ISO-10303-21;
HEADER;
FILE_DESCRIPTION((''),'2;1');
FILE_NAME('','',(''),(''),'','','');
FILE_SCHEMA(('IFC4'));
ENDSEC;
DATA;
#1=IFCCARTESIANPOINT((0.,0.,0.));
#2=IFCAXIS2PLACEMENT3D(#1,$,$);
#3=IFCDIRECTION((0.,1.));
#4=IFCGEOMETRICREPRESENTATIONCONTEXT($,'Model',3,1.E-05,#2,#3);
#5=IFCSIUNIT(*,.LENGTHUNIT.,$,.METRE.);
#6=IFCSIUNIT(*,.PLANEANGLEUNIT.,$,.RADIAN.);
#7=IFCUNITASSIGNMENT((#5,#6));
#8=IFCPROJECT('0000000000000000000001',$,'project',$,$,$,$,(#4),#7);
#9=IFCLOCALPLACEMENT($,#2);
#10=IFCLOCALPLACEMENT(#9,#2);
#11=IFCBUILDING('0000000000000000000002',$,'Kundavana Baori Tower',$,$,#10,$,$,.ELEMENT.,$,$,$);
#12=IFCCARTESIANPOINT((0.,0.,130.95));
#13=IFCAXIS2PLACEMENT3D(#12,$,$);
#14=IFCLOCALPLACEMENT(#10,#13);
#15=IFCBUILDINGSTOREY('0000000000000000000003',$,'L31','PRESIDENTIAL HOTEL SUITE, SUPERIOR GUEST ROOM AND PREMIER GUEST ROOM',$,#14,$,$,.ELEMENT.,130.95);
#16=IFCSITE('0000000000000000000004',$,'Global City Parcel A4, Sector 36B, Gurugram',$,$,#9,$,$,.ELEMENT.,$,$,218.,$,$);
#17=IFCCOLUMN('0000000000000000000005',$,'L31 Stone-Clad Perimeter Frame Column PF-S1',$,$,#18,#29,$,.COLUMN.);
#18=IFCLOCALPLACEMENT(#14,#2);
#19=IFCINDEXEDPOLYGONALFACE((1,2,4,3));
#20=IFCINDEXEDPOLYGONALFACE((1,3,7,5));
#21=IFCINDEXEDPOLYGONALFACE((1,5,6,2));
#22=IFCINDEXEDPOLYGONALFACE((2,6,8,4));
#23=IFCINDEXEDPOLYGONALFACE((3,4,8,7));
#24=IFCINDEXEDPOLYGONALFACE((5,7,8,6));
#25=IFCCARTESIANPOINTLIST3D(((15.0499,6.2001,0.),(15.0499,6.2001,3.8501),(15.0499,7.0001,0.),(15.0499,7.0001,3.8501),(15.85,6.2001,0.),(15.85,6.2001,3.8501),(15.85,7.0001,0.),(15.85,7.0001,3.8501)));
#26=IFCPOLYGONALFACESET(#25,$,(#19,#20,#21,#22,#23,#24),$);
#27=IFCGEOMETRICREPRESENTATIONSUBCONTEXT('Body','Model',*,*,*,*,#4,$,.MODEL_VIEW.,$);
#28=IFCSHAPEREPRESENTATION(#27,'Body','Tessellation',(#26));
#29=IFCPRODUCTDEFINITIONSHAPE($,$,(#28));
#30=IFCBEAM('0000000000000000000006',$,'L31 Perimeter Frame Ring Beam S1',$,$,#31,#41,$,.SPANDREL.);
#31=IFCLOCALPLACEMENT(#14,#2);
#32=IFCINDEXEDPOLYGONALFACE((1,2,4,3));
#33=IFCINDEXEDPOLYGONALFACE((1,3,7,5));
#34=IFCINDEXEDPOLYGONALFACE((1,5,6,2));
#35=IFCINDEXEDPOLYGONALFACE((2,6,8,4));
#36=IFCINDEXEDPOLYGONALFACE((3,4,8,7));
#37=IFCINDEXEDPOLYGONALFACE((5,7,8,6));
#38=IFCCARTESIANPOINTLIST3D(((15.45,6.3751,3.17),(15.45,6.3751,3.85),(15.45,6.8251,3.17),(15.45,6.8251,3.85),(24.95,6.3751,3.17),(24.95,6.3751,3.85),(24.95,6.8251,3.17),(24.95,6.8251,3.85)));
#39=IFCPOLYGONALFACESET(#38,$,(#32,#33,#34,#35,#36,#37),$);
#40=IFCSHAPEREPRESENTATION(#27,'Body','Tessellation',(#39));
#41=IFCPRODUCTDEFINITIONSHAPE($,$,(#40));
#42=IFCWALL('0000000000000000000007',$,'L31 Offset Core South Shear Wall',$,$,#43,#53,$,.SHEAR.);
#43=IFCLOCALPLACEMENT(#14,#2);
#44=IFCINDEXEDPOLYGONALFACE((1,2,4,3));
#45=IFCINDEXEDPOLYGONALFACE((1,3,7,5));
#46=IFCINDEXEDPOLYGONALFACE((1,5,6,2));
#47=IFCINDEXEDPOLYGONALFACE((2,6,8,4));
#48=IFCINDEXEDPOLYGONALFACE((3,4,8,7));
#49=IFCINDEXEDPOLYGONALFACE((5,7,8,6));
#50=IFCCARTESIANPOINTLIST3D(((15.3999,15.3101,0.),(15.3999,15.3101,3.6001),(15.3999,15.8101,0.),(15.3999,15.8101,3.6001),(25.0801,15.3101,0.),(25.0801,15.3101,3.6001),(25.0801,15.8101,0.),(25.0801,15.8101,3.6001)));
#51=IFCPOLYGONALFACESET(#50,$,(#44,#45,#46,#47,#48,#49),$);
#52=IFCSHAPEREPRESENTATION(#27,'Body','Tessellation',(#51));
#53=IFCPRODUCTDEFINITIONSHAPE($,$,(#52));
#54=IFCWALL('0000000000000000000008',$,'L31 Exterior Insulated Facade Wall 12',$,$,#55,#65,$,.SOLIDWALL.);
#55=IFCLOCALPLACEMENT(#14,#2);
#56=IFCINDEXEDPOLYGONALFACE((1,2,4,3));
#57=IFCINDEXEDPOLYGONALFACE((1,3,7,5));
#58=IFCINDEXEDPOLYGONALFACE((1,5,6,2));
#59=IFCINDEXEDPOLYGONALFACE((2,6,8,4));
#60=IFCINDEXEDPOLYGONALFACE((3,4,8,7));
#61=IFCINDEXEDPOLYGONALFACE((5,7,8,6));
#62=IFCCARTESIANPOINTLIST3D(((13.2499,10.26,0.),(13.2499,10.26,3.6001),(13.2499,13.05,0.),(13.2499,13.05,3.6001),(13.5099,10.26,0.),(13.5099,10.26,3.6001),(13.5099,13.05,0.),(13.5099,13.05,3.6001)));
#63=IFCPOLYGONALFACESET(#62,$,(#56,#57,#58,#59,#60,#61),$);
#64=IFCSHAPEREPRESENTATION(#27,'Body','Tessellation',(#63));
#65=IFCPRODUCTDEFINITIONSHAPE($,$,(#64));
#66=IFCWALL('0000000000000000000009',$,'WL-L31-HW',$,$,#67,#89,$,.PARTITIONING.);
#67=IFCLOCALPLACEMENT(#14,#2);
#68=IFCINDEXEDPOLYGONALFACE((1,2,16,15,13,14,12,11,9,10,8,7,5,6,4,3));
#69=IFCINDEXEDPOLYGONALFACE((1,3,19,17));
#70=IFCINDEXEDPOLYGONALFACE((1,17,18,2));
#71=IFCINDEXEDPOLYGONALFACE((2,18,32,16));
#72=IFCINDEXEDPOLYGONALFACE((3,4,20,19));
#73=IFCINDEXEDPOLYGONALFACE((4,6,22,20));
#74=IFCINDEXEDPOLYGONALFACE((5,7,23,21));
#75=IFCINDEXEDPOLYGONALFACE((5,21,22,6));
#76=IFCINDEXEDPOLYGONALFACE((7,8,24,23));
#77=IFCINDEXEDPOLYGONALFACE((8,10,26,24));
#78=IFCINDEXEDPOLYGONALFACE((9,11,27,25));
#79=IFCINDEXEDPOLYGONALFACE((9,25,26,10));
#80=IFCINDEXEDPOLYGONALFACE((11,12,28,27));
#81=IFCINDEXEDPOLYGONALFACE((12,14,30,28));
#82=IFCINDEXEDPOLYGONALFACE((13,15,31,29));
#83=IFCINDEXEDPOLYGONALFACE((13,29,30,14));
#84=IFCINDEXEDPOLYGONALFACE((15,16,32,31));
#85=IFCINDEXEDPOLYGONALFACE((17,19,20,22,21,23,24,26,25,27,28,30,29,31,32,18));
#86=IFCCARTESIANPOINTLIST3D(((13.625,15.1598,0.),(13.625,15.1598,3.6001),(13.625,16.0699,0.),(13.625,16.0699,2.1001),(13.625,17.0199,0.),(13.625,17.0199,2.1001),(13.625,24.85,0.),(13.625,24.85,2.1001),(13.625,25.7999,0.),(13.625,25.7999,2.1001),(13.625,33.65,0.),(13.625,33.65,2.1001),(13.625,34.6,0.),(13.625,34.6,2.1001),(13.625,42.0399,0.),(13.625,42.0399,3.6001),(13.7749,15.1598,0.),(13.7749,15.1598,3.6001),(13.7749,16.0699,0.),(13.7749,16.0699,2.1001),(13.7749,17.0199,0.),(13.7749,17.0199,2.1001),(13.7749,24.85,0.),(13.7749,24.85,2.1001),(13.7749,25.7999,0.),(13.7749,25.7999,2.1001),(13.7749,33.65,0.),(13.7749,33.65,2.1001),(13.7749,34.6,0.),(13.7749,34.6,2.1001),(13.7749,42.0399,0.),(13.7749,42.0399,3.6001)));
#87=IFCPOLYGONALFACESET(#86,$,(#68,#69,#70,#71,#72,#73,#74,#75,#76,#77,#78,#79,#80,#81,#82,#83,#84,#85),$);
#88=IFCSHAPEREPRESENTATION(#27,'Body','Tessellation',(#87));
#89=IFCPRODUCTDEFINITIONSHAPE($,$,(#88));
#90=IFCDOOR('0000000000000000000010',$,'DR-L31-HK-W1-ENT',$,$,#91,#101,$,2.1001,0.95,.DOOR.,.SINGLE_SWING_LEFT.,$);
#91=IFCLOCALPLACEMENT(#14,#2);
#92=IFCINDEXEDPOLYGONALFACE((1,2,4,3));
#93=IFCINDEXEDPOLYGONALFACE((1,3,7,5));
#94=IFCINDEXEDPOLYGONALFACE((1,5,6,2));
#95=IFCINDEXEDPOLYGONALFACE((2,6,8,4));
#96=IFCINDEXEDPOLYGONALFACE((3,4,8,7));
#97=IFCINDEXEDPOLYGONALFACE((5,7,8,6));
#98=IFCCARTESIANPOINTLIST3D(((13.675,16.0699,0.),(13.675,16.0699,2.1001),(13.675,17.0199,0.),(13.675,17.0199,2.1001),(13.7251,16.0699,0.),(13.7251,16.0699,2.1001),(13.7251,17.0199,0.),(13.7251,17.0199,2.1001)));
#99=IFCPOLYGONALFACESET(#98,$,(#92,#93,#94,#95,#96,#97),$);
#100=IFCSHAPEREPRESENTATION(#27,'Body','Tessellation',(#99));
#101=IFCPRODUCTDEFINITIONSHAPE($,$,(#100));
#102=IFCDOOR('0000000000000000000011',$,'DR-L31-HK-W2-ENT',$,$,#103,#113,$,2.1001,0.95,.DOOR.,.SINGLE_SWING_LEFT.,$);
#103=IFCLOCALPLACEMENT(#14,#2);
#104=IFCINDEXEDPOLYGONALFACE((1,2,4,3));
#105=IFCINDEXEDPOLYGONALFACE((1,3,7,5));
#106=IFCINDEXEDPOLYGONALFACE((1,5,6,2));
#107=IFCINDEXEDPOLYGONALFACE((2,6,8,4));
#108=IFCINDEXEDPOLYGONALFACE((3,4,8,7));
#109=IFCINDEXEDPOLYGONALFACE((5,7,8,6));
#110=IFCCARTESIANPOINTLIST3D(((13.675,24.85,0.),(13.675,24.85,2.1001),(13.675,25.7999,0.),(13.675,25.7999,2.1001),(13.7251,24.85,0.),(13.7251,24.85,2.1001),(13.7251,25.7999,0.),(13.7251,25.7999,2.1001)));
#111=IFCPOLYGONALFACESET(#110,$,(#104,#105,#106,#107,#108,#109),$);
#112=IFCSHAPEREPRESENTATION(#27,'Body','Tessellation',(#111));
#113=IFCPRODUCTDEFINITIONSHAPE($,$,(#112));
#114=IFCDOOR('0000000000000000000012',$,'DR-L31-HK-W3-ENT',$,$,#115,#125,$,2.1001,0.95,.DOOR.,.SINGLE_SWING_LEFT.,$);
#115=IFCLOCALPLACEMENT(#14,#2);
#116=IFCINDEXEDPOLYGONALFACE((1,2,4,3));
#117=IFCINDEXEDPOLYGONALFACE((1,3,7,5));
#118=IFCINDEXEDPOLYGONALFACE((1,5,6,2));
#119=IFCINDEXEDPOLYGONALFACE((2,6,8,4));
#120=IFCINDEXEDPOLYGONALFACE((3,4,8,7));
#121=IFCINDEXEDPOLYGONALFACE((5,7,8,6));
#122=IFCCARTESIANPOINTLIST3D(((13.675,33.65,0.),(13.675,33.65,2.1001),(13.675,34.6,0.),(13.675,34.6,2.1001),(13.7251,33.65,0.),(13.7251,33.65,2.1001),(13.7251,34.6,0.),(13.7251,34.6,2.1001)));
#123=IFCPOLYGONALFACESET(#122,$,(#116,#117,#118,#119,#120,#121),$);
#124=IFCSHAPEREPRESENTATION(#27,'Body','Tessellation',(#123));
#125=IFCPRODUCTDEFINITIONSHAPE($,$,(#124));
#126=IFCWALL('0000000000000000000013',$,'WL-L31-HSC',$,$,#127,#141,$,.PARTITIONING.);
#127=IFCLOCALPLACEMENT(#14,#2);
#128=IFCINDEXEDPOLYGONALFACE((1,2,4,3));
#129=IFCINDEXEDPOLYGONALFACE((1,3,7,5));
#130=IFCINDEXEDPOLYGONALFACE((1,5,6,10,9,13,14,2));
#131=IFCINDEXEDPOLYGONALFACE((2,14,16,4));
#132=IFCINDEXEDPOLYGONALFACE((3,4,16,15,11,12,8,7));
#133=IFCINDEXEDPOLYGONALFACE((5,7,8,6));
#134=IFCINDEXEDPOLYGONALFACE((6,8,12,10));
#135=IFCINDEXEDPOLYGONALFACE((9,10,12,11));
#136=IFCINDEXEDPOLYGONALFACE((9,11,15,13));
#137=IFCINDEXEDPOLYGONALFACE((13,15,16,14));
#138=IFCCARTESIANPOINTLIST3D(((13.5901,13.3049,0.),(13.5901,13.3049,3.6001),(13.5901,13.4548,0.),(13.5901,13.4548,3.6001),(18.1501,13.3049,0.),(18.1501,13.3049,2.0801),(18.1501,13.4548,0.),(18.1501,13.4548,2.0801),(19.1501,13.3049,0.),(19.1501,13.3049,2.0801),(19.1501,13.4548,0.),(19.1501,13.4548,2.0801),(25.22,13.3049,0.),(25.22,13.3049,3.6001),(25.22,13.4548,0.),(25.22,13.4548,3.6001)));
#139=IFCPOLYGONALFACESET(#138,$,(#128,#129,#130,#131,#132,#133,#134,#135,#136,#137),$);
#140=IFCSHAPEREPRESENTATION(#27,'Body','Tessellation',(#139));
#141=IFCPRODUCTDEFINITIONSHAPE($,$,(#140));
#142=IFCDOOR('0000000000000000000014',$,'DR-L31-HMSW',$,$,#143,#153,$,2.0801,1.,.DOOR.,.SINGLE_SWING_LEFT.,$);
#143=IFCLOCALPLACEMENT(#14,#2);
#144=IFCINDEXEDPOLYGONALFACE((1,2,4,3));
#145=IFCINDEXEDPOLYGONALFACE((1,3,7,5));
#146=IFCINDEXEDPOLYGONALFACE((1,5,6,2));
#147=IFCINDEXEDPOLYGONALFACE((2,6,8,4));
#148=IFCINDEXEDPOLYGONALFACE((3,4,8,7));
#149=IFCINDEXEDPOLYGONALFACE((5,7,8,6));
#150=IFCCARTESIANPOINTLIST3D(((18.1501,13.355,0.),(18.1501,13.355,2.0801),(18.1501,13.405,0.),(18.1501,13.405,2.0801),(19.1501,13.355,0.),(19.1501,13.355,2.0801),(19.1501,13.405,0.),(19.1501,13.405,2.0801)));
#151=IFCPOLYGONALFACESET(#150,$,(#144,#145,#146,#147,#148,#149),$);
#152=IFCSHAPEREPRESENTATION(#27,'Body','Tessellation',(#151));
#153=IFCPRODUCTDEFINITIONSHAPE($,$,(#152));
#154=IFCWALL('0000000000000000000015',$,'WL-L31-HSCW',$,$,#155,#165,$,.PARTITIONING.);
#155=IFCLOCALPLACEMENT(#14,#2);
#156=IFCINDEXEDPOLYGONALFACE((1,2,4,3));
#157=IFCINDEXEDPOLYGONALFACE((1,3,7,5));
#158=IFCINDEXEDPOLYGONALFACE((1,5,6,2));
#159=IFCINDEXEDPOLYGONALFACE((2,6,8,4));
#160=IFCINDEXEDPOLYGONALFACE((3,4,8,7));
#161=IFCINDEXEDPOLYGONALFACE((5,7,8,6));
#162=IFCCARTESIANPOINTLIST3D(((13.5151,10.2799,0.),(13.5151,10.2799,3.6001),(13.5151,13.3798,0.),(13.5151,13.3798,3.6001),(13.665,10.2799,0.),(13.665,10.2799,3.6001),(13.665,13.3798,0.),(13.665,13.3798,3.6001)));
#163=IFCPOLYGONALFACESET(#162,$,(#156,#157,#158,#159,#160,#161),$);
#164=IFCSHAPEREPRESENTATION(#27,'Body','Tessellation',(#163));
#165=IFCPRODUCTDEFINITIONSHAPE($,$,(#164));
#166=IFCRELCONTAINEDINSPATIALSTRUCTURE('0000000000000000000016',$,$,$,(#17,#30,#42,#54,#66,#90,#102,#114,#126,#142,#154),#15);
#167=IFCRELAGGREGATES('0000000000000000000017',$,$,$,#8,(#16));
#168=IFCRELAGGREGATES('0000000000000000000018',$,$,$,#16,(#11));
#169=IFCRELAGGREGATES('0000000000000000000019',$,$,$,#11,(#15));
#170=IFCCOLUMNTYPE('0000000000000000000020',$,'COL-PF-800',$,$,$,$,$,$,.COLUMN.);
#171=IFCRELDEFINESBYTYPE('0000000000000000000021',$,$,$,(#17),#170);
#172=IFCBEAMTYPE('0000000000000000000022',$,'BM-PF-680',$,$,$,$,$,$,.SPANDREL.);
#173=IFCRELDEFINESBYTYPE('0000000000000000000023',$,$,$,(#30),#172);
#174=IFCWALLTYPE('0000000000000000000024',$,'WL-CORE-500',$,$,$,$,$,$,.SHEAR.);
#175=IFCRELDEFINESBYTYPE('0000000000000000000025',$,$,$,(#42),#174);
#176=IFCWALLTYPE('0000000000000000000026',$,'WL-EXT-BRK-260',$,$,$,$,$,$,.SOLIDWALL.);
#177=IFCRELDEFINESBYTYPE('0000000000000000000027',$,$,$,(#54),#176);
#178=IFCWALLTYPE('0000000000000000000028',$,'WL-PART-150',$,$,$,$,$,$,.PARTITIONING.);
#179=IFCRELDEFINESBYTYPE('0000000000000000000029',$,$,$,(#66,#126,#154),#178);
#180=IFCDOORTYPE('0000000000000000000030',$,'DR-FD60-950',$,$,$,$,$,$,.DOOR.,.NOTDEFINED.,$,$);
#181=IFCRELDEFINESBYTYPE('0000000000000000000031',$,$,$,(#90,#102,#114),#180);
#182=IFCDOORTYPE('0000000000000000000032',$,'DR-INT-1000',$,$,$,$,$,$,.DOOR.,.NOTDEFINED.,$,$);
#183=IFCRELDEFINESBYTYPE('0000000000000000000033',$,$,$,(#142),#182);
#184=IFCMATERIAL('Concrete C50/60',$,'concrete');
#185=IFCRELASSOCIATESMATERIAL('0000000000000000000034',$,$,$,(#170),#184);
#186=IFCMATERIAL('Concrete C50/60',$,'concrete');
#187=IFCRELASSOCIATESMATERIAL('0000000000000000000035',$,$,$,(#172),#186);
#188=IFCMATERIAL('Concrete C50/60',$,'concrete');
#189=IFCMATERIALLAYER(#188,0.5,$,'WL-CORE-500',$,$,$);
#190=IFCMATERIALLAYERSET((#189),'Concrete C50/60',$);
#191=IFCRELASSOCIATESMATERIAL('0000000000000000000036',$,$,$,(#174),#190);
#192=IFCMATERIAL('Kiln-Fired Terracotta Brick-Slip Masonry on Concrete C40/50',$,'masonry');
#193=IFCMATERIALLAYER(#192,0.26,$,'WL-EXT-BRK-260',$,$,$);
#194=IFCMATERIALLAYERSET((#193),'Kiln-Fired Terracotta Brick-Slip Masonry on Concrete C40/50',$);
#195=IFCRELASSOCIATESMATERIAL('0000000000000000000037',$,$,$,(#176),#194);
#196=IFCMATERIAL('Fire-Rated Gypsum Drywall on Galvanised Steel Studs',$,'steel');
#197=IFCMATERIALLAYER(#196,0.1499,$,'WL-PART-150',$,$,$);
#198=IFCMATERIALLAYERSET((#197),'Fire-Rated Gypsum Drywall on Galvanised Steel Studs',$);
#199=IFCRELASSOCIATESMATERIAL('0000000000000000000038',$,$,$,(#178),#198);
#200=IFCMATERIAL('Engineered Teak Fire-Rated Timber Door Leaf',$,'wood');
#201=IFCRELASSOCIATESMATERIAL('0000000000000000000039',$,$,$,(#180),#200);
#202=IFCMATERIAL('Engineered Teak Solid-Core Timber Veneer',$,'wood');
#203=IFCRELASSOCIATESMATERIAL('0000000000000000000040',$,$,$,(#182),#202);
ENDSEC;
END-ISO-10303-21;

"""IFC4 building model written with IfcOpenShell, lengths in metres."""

from ifc_helpers import new_model, si_unit, direction, frame, frame_2d, origin, origin_2d, place, context, subcontext, project, spatial, rectangle, extrude, material, layer, layer_set, material_profile, profile_set, type_object, element, fill, save


model = new_model("IFC4")

# Units and contexts
model_context = context("Model", 3, precision=1e-05, world=origin(), true_north=direction((0.0, 1.0)))
body_context = subcontext(model_context, "Body", "Model", "MODEL_VIEW")
ifc_project = project(units=[si_unit("LENGTHUNIT", "METRE"), si_unit("PLANEANGLEUNIT", "RADIAN")], contexts=[model_context])

# Site, building, storey
site_placement = place(None, origin())
site = spatial("IfcSite", under=ifc_project, at=site_placement, Name="Global City Parcel A4, Sector 36B, Gurugram", CompositionType="ELEMENT", RefElevation=218.0)
building_placement = place(site_placement, origin())
building = spatial("IfcBuilding", under=site, at=building_placement, Name="Kundavana Baori Tower", CompositionType="ELEMENT")
storey_placement = place(building_placement, frame((0.0, 0.0, 130.95)))
storey = spatial("IfcBuildingStorey", under=building, at=storey_placement, Name="L31", Description="PRESIDENTIAL HOTEL SUITE, SUPERIOR GUEST ROOM AND PREMIER GUEST ROOM", CompositionType="ELEMENT", Elevation=130.95)

# Column
ifc_material_1 = material(Name="Concrete C50/60", Category="concrete")
ifc_material_profile_1 = material_profile(ifc_material_1, rectangle(XDim=0.8, YDim=0.8, at=origin_2d()), Name="RC PF 800x800")
ifc_profile_set_1 = profile_set([ifc_material_profile_1], Name="Concrete C50/60")
column_type = type_object("IfcColumnType", Name="COL-PF-800", PredefinedType="COLUMN", material=ifc_profile_set_1)
column_placement = place(storey_placement, frame((15.45, 6.6001, 0.0), z_axis=(0.0, 0.0, 1.0), x_axis=(1.0, 0.0, 0.0)))
element("IfcColumn", 1, at=column_placement, inside=storey, type_object=column_type, Name="L31 Stone-Clad Perimeter Frame Column PF-S1", PredefinedType="COLUMN", context=body_context, shape_type="SweptSolid", body=[
    extrude(rectangle(XDim=0.8, YDim=0.8, at=origin_2d()), origin(), (0.0, 0.0, 1.0), 3.8501),
])

# Beam
ifc_material_2 = material(Name="Concrete C50/60", Category="concrete")
ifc_material_profile_2 = material_profile(ifc_material_2, rectangle(XDim=0.45, YDim=0.6799, at=origin_2d()), Name="RC BM 450x680")
ifc_profile_set_2 = profile_set([ifc_material_profile_2], Name="Concrete C50/60")
beam_type = type_object("IfcBeamType", Name="BM-PF-680", PredefinedType="SPANDREL", material=ifc_profile_set_2)
beam_placement = place(storey_placement, frame((15.45, 6.6001, 3.51), z_axis=(1.0, 0.0, 0.0), x_axis=(0.0, 1.0, 0.0)))
element("IfcBeam", 2, at=beam_placement, inside=storey, type_object=beam_type, Name="L31 Perimeter Frame Ring Beam S1", PredefinedType="SPANDREL", context=body_context, shape_type="SweptSolid", body=[
    extrude(rectangle(XDim=0.45, YDim=0.6799, at=origin_2d()), origin(), (0.0, 0.0, 1.0), 9.5),
])

# Wall
ifc_material_3 = material(Name="Concrete C50/60", Category="concrete")
ifc_layer_1 = layer(ifc_material_3, 0.5, Name="WL-CORE-500")
ifc_layer_set_1 = layer_set([ifc_layer_1], Name="Concrete C50/60")
wall_type_1 = type_object("IfcWallType", Name="WL-CORE-500", PredefinedType="SHEAR", material=ifc_layer_set_1)
wall_1_placement = place(storey_placement, frame((15.3999, 15.5601, 0.0), z_axis=(0.0, 0.0, 1.0), x_axis=(1.0, 0.0, 0.0)))
element("IfcWall", 3, at=wall_1_placement, inside=storey, type_object=wall_type_1, Name="L31 Offset Core South Shear Wall", PredefinedType="SHEAR", context=body_context, shape_type="SweptSolid", body=[
    extrude(rectangle(XDim=9.6802, YDim=0.5, at=frame_2d((4.8401, 0.0))), origin(), (0.0, 0.0, 1.0), 3.6001),
])

# Shared definitions
ifc_material_4 = material(Name="Kiln-Fired Terracotta Brick-Slip Masonry on Concrete C40/50", Category="masonry")
ifc_layer_2 = layer(ifc_material_4, 0.26, Name="WL-EXT-BRK-260")
ifc_layer_set_2 = layer_set([ifc_layer_2], Name="Kiln-Fired Terracotta Brick-Slip Masonry on Concrete C40/50")
wall_type_2 = type_object("IfcWallType", Name="WL-EXT-BRK-260", PredefinedType="SOLIDWALL", material=ifc_layer_set_2)

# Wall
wall_2_placement = place(storey_placement, frame((13.3799, 13.05, 0.0), z_axis=(0.0, 0.0, 1.0), x_axis=(0.0, -1.0, 0.0)))
element("IfcWall", 4, at=wall_2_placement, inside=storey, type_object=wall_type_2, Name="L31 Exterior Insulated Facade Wall 12", PredefinedType="SOLIDWALL", context=body_context, shape_type="SweptSolid", body=[
    extrude(rectangle(XDim=2.79, YDim=0.26, at=frame_2d((1.395, 0.0))), origin(), (0.0, 0.0, 1.0), 3.6001),
])

# Wall, openings, doors
ifc_material_5 = material(Name="Fire-Rated Gypsum Drywall on Galvanised Steel Studs", Category="steel")
ifc_layer_3 = layer(ifc_material_5, 0.1499, Name="WL-PART-150")
ifc_layer_set_3 = layer_set([ifc_layer_3], Name="Fire-Rated Gypsum Drywall on Galvanised Steel Studs")
wall_type_3 = type_object("IfcWallType", Name="WL-PART-150", PredefinedType="PARTITIONING", material=ifc_layer_set_3)
wall_3_placement = place(storey_placement, frame((13.7, 15.1599, 0.0), z_axis=(0.0, 0.0, 1.0), x_axis=(0.0, 1.0, 0.0)))
wall_3 = element("IfcWall", 5, at=wall_3_placement, inside=storey, type_object=wall_type_3, Name="WL-L31-HW", PredefinedType="PARTITIONING", context=body_context, shape_type="SweptSolid", body=[
    extrude(rectangle(XDim=26.8801, YDim=0.1499, at=frame_2d((13.4399, 0.0))), origin(), (0.0, 0.0, 1.0), 3.6001),
])
opening_1_placement = place(wall_3_placement, frame((0.9099, 0.0, 0.0)))
opening_1 = element("IfcOpeningElement", 6, at=opening_1_placement, cuts=wall_3, PredefinedType="OPENING", context=body_context, shape_type="SweptSolid", body=[
    extrude(rectangle(XDim=0.95, YDim=2.1001, at=frame_2d((0.4751, 1.05))), frame((0.0, 0.085, 0.0), z_axis=(0.0, -1.0, 0.0), x_axis=(1.0, 0.0, 0.0)), (0.0, 0.0, 1.0), 0.1699),
])
opening_2_placement = place(wall_3_placement, frame((9.6899, 0.0, 0.0)))
opening_2 = element("IfcOpeningElement", 7, at=opening_2_placement, cuts=wall_3, PredefinedType="OPENING", context=body_context, shape_type="SweptSolid", body=[
    extrude(rectangle(XDim=0.95, YDim=2.1001, at=frame_2d((0.4751, 1.05))), frame((0.0, 0.085, 0.0), z_axis=(0.0, -1.0, 0.0), x_axis=(1.0, 0.0, 0.0)), (0.0, 0.0, 1.0), 0.1699),
])
opening_3_placement = place(wall_3_placement, frame((18.49, 0.0, 0.0)))
opening_3 = element("IfcOpeningElement", 8, at=opening_3_placement, cuts=wall_3, PredefinedType="OPENING", context=body_context, shape_type="SweptSolid", body=[
    extrude(rectangle(XDim=0.95, YDim=2.1001, at=frame_2d((0.4751, 1.05))), frame((0.0, 0.085, 0.0), z_axis=(0.0, -1.0, 0.0), x_axis=(1.0, 0.0, 0.0)), (0.0, 0.0, 1.0), 0.1699),
])
ifc_material_6 = material(Name="Engineered Teak Fire-Rated Timber Door Leaf", Category="wood")
door_type_1 = type_object("IfcDoorType", Name="DR-FD60-950", OperationType="NOTDEFINED", PredefinedType="DOOR", material=ifc_material_6)
door_1_placement = place(opening_1_placement, origin())
door_1 = element("IfcDoor", 9, at=door_1_placement, inside=storey, type_object=door_type_1, Name="DR-L31-HK-W1-ENT", OperationType="SINGLE_SWING_LEFT", OverallHeight=2.1001, OverallWidth=0.95, PredefinedType="DOOR", context=body_context, shape_type="SweptSolid", body=[
    extrude(rectangle(XDim=0.95, YDim=2.1001, at=frame_2d((0.4751, 1.05))), frame((0.0, 0.0249, 0.0), z_axis=(0.0, -1.0, 0.0), x_axis=(1.0, 0.0, 0.0)), (0.0, 0.0, 1.0), 0.05),
])
fill(opening_1, door_1)
door_2_placement = place(opening_2_placement, origin())
door_2 = element("IfcDoor", 10, at=door_2_placement, inside=storey, type_object=door_type_1, Name="DR-L31-HK-W2-ENT", OperationType="SINGLE_SWING_LEFT", OverallHeight=2.1001, OverallWidth=0.95, PredefinedType="DOOR", context=body_context, shape_type="SweptSolid", body=[
    extrude(rectangle(XDim=0.95, YDim=2.1001, at=frame_2d((0.4751, 1.05))), frame((0.0, 0.0249, 0.0), z_axis=(0.0, -1.0, 0.0), x_axis=(1.0, 0.0, 0.0)), (0.0, 0.0, 1.0), 0.05),
])
fill(opening_2, door_2)
door_3_placement = place(opening_3_placement, origin())
door_3 = element("IfcDoor", 11, at=door_3_placement, inside=storey, type_object=door_type_1, Name="DR-L31-HK-W3-ENT", OperationType="SINGLE_SWING_LEFT", OverallHeight=2.1001, OverallWidth=0.95, PredefinedType="DOOR", context=body_context, shape_type="SweptSolid", body=[
    extrude(rectangle(XDim=0.95, YDim=2.1001, at=frame_2d((0.4751, 1.05))), frame((0.0, 0.0249, 0.0), z_axis=(0.0, -1.0, 0.0), x_axis=(1.0, 0.0, 0.0)), (0.0, 0.0, 1.0), 0.05),
])
fill(opening_3, door_3)

# Wall, opening, door
wall_4_placement = place(storey_placement, frame((13.5901, 13.3799, 0.0), z_axis=(0.0, 0.0, 1.0), x_axis=(1.0, 0.0, 0.0)))
wall_4 = element("IfcWall", 12, at=wall_4_placement, inside=storey, type_object=wall_type_3, Name="WL-L31-HSC", PredefinedType="PARTITIONING", context=body_context, shape_type="SweptSolid", body=[
    extrude(rectangle(XDim=11.6299, YDim=0.1499, at=frame_2d((5.8149, 0.0))), origin(), (0.0, 0.0, 1.0), 3.6001),
])
opening_4_placement = place(wall_4_placement, frame((4.5601, 0.0, 0.0)))
opening_4 = element("IfcOpeningElement", 13, at=opening_4_placement, cuts=wall_4, PredefinedType="OPENING", context=body_context, shape_type="SweptSolid", body=[
    extrude(rectangle(XDim=1.0, YDim=2.0801, at=frame_2d((0.5, 1.04))), frame((0.0, 0.085, 0.0), z_axis=(0.0, -1.0, 0.0), x_axis=(1.0, 0.0, 0.0)), (0.0, 0.0, 1.0), 0.1699),
])
ifc_material_7 = material(Name="Engineered Teak Solid-Core Timber Veneer", Category="wood")
door_type_2 = type_object("IfcDoorType", Name="DR-INT-1000", OperationType="NOTDEFINED", PredefinedType="DOOR", material=ifc_material_7)
door_4_placement = place(opening_4_placement, frame((1.0, 0.0, 0.0), z_axis=(0.0, 0.0, 1.0), x_axis=(-1.0, 0.0, 0.0)))
door_4 = element("IfcDoor", 14, at=door_4_placement, inside=storey, type_object=door_type_2, Name="DR-L31-HMSW", OperationType="SINGLE_SWING_LEFT", OverallHeight=2.0801, OverallWidth=1.0, PredefinedType="DOOR", context=body_context, shape_type="SweptSolid", body=[
    extrude(rectangle(XDim=1.0, YDim=2.0801, at=frame_2d((0.5, 1.04))), frame((0.0, 0.0249, 0.0), z_axis=(0.0, -1.0, 0.0), x_axis=(1.0, 0.0, 0.0)), (0.0, 0.0, 1.0), 0.05),
])
fill(opening_4, door_4)

# Wall
wall_5_placement = place(storey_placement, frame((13.5901, 10.28, 0.0), z_axis=(0.0, 0.0, 1.0), x_axis=(0.0, 1.0, 0.0)))
element("IfcWall", 15, at=wall_5_placement, inside=storey, type_object=wall_type_3, Name="WL-L31-HSCW", PredefinedType="PARTITIONING", context=body_context, shape_type="SweptSolid", body=[
    extrude(rectangle(XDim=3.0999, YDim=0.1499, at=frame_2d((1.5498, 0.0))), origin(), (0.0, 0.0, 1.0), 3.6001),
])

save(model, "model.ifc")
